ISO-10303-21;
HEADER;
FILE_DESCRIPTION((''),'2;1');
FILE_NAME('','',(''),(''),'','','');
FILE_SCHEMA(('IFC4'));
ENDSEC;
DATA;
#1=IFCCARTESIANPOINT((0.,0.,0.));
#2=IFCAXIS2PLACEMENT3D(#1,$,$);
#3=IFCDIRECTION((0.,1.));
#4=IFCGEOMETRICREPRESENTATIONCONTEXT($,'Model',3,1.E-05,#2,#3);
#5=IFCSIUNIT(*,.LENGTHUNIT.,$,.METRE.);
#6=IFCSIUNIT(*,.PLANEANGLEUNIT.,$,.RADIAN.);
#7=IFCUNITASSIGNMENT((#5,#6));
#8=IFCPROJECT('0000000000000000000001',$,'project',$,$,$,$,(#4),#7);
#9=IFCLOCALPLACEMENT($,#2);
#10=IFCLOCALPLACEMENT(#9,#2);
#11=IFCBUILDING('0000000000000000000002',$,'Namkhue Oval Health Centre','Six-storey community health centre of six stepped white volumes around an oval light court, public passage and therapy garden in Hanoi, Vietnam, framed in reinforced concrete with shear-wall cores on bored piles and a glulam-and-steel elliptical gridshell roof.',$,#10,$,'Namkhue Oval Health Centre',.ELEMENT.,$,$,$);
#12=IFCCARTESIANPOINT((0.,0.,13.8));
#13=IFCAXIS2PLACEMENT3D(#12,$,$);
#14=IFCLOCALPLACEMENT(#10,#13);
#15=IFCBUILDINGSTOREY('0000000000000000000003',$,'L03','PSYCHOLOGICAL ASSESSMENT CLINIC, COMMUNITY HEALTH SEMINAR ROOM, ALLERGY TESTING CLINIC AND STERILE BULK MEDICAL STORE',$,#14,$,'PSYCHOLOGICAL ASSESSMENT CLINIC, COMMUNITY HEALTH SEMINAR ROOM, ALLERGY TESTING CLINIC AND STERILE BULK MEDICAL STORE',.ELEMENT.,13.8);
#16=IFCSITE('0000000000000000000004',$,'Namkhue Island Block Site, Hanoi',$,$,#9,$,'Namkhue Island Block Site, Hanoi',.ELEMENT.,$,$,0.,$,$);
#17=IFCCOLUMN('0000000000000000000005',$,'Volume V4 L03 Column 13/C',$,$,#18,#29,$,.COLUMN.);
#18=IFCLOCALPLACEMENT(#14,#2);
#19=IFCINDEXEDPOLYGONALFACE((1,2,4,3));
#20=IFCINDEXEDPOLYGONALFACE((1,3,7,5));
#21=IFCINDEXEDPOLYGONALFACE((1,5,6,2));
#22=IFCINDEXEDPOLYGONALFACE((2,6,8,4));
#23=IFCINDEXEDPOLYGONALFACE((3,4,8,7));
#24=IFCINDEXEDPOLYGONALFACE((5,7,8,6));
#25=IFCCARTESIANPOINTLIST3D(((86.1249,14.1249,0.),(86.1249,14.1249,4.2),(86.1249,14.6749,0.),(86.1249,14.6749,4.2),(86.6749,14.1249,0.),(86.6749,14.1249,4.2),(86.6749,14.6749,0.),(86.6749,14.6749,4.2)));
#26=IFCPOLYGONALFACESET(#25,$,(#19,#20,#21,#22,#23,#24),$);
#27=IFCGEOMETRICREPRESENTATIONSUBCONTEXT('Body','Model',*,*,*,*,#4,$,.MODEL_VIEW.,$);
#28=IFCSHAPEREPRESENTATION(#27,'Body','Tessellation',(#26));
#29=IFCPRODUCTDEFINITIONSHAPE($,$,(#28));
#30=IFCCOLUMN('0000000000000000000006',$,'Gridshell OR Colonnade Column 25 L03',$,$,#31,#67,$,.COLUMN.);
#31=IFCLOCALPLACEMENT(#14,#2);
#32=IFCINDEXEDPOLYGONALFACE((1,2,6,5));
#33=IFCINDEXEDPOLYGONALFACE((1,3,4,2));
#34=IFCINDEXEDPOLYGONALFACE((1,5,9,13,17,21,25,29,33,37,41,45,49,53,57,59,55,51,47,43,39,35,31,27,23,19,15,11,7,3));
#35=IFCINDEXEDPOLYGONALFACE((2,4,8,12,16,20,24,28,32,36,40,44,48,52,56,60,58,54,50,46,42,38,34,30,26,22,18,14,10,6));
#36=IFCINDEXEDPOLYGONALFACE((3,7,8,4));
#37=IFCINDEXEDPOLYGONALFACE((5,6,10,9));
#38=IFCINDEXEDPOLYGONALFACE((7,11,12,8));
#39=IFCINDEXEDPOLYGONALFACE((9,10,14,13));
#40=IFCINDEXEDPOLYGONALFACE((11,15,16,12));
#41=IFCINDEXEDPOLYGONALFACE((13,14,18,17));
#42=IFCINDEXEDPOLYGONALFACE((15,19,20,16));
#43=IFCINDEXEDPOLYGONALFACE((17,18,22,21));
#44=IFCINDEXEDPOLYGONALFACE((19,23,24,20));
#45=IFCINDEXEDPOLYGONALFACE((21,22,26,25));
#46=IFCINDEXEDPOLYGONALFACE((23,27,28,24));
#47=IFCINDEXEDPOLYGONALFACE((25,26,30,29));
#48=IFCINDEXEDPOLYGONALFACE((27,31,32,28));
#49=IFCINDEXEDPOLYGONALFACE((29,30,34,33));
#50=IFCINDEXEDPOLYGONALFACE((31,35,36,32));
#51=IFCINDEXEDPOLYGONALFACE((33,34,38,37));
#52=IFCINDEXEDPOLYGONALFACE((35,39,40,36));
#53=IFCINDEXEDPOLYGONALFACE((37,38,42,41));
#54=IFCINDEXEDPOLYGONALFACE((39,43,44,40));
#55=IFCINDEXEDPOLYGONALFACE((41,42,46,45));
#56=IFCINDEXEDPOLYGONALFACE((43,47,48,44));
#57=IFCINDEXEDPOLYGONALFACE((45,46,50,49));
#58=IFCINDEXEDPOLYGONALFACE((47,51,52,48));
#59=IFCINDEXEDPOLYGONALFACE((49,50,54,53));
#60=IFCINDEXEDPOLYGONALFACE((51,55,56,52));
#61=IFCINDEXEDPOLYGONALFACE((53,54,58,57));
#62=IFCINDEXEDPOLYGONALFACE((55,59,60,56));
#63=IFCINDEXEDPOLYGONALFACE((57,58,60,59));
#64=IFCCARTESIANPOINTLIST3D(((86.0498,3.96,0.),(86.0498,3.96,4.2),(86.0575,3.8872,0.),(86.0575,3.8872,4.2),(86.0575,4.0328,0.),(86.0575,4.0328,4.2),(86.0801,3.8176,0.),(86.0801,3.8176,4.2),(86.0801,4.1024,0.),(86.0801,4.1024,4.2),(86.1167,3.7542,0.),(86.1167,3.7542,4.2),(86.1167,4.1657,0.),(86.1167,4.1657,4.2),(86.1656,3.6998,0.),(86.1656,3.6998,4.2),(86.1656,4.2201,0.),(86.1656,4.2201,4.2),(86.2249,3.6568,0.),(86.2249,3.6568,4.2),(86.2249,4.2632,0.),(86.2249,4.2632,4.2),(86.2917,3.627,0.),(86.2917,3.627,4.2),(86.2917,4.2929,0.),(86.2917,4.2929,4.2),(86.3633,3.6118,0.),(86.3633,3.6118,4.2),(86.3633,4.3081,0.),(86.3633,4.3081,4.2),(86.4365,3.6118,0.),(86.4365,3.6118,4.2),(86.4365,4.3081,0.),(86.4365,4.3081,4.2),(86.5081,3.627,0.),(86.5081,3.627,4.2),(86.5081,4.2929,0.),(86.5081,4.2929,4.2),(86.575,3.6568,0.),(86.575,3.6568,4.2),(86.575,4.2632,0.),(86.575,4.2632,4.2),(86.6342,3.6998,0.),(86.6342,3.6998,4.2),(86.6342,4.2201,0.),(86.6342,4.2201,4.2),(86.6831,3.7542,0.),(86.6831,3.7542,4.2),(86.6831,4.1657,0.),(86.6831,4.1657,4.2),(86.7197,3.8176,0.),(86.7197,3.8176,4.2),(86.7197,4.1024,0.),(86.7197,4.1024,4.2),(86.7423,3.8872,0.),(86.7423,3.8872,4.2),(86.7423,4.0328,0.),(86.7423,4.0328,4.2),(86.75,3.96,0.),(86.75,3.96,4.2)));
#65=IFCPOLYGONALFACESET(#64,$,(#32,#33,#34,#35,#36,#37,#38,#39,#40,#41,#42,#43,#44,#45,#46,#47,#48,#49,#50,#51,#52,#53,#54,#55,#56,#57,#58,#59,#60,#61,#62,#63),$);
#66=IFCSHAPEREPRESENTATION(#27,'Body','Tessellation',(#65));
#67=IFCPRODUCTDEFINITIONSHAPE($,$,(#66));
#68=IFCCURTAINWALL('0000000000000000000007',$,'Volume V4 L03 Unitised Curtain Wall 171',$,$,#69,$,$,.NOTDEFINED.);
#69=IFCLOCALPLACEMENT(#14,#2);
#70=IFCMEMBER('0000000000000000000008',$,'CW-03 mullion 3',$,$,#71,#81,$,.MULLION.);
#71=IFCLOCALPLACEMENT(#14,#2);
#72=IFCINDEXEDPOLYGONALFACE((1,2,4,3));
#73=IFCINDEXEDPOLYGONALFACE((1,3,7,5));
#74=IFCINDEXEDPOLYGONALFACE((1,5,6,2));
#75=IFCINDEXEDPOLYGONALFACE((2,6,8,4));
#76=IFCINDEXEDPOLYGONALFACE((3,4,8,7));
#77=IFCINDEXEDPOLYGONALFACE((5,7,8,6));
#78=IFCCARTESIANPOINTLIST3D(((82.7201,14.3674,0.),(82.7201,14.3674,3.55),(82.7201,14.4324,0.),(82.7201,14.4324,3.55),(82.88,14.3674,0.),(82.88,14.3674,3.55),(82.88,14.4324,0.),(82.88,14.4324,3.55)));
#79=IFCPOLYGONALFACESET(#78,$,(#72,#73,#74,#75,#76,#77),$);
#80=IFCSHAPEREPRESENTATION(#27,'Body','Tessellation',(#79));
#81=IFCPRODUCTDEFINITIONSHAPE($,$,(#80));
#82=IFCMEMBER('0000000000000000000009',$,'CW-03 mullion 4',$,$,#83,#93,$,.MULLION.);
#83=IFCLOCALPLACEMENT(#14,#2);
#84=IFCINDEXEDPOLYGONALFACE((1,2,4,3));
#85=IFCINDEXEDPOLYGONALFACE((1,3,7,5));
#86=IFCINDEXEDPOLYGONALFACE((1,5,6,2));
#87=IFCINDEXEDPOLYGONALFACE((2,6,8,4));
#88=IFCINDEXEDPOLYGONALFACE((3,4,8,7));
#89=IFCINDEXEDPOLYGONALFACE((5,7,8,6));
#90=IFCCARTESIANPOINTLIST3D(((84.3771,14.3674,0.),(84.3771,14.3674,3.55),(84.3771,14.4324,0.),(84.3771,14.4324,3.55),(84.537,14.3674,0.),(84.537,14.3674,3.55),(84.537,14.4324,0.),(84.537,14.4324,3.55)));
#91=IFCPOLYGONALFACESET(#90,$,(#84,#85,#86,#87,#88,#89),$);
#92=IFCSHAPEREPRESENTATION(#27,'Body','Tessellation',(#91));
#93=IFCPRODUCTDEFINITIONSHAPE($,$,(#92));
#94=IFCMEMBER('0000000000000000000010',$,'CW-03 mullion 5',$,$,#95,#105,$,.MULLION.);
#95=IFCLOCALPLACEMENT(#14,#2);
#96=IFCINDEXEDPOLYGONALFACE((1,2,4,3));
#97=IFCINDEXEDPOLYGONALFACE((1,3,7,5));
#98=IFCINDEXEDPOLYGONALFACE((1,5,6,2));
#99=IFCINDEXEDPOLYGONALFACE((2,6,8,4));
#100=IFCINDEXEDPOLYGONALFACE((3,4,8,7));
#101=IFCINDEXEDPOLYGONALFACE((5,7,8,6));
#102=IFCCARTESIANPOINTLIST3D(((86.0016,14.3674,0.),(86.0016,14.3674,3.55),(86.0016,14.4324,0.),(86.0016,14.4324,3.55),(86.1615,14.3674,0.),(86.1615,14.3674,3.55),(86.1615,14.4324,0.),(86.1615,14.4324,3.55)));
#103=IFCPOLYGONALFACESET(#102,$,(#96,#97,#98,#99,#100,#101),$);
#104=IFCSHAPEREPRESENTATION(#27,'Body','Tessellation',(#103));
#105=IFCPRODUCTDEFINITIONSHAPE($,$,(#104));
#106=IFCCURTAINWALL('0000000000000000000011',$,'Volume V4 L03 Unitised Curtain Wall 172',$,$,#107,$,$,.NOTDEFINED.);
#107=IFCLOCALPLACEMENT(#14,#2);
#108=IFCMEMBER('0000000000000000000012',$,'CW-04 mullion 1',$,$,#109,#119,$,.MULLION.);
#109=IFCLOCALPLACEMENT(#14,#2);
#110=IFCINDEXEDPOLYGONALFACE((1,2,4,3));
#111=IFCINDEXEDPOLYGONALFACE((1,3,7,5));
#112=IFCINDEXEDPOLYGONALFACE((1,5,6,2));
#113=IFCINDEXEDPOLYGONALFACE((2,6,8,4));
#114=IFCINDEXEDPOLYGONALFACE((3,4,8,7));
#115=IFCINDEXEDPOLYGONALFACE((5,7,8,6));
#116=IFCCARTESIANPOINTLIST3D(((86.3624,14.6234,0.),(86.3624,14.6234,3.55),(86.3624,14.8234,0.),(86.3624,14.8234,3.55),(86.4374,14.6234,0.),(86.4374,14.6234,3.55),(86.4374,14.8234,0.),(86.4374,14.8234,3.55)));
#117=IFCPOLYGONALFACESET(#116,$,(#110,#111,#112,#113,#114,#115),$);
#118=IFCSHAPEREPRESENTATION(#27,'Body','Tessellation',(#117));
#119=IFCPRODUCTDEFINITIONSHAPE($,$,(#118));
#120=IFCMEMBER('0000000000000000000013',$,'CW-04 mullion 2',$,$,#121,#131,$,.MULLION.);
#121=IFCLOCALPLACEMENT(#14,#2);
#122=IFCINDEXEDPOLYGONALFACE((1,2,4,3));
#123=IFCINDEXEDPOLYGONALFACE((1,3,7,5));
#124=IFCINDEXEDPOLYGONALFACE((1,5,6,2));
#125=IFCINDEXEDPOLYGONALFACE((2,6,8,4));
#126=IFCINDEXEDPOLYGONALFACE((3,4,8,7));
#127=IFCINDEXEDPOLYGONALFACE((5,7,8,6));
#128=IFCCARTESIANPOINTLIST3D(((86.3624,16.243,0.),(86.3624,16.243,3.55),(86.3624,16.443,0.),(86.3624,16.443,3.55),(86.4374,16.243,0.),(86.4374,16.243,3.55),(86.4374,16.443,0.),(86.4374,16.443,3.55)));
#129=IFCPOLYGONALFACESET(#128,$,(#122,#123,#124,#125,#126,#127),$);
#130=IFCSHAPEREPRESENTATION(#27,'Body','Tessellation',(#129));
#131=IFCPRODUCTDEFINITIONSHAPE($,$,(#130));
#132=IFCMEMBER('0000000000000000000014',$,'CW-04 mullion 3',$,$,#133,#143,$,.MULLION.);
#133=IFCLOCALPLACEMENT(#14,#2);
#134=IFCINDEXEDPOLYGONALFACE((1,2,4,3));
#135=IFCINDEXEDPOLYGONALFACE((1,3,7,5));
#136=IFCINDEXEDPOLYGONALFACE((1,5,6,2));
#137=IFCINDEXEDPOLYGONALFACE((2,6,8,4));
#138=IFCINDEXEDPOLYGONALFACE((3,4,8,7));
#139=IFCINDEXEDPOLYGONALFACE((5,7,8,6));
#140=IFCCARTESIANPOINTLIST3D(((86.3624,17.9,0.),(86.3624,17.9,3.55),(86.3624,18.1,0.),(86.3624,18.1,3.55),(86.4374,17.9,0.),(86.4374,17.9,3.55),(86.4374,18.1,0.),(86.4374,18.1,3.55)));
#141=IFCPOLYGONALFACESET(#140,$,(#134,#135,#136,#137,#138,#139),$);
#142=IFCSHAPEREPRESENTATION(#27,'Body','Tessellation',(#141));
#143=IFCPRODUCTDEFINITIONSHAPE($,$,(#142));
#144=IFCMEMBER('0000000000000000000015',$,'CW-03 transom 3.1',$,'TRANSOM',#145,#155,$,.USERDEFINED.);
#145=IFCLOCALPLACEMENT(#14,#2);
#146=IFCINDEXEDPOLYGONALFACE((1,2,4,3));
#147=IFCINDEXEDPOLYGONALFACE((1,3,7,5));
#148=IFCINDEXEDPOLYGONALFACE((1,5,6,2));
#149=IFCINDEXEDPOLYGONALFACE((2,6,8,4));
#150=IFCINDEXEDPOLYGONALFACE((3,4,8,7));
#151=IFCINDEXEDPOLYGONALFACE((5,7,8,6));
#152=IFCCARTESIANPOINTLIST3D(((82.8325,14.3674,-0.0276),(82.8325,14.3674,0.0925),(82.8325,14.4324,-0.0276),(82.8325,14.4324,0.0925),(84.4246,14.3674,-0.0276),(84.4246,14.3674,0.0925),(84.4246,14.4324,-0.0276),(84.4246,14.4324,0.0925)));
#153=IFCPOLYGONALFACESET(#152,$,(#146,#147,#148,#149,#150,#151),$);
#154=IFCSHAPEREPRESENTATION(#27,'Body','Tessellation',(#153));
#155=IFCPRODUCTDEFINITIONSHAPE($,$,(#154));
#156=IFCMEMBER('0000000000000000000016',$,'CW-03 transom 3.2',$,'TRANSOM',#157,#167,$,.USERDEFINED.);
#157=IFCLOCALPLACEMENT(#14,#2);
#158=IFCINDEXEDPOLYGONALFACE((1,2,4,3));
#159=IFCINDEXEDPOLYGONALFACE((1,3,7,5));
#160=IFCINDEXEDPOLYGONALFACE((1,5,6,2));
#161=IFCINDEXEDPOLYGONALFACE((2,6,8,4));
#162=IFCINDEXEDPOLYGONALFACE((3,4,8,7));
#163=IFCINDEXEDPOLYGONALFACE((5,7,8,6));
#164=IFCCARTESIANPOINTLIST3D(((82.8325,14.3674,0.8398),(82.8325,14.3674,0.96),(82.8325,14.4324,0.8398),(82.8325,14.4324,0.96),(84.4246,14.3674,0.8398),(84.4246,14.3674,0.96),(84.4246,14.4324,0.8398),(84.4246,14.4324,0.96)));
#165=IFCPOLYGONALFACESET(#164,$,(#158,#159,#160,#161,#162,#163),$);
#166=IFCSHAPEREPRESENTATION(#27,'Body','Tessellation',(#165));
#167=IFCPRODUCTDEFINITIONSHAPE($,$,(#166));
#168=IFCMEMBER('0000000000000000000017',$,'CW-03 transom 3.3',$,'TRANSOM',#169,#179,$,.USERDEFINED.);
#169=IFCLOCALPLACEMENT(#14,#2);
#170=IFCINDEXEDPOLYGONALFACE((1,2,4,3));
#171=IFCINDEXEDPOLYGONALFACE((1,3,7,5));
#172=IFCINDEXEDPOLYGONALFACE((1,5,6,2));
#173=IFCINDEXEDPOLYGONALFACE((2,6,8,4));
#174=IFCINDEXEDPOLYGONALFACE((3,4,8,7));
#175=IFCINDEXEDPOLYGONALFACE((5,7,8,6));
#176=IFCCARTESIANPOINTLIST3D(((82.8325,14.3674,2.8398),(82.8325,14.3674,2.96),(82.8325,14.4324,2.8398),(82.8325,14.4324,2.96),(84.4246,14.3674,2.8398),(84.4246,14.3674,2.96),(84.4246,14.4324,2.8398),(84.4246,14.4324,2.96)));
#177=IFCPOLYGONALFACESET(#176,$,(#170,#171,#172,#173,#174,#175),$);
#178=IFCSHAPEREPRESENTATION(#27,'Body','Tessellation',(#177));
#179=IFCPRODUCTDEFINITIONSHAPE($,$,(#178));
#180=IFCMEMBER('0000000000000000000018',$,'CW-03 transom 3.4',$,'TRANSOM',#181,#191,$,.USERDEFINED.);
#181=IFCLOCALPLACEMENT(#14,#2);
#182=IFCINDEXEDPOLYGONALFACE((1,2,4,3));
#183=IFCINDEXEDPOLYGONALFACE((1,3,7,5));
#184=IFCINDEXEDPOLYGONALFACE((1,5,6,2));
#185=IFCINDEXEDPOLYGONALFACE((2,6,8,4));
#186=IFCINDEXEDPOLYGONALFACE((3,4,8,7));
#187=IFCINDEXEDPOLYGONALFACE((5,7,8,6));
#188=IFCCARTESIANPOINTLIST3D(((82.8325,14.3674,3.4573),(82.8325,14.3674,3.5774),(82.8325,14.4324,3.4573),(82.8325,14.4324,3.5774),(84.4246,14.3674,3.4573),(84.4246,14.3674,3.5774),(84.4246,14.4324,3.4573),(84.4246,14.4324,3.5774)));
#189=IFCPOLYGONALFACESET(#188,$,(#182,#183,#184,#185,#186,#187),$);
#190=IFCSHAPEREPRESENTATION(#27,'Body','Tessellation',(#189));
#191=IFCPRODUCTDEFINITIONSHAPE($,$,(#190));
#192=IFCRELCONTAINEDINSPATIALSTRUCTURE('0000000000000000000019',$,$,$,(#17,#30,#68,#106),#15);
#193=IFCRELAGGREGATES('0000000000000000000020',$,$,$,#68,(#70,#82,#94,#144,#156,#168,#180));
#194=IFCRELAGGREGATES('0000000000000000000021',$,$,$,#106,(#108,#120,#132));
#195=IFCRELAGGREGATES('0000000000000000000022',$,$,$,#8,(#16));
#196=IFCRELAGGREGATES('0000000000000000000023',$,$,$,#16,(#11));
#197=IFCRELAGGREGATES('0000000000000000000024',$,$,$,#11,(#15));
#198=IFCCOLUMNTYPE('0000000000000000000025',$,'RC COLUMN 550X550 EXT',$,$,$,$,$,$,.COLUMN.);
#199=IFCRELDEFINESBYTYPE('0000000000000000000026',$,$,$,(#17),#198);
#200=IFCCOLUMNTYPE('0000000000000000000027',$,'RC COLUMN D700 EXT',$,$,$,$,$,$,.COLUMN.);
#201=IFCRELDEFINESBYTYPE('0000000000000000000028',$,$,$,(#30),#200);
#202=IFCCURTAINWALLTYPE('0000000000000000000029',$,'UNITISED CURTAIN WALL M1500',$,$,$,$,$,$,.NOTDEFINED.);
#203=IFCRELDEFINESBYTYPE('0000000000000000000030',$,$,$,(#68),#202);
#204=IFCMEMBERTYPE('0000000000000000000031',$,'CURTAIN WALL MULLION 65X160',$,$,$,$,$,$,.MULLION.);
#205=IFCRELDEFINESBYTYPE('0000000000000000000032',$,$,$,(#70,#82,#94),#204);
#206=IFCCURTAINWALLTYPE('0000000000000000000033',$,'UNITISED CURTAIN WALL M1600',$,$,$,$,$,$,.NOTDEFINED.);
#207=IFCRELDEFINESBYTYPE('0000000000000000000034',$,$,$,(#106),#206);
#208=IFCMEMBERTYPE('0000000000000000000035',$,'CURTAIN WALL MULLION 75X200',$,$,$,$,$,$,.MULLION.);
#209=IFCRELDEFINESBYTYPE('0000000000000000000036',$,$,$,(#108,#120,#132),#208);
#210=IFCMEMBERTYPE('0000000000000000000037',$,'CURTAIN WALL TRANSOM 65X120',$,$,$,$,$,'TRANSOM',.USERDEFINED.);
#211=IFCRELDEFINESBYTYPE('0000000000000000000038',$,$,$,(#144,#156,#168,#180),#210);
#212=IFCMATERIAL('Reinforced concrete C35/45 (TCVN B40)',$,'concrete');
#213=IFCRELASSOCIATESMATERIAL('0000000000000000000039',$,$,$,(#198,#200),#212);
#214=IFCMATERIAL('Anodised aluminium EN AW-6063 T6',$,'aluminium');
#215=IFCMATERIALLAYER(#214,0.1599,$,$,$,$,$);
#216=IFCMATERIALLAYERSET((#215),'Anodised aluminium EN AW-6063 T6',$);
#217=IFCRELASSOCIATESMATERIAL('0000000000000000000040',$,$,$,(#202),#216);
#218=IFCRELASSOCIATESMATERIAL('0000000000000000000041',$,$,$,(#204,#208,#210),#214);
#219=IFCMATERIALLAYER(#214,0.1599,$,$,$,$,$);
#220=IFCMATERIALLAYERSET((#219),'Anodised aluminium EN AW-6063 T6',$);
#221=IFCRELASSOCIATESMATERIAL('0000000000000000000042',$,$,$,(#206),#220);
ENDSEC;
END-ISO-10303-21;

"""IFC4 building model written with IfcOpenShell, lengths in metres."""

from ifc_helpers import new_model, si_unit, direction, frame, origin, origin_2d, place, context, subcontext, project, spatial, rectangle, circle, extrude, material, layer, layer_set, material_profile, profile_set, type_object, element, aggregate, save


model = new_model("IFC4")

# Units and contexts
model_context = context("Model", 3, precision=1e-05, world=origin(), true_north=direction((0.0, 1.0)))
body_context = subcontext(model_context, "Body", "Model", "MODEL_VIEW")
ifc_project = project(units=[si_unit("LENGTHUNIT", "METRE"), si_unit("PLANEANGLEUNIT", "RADIAN")], contexts=[model_context])

# Site, building, storey
site_placement = place(None, origin())
site = spatial("IfcSite", under=ifc_project, at=site_placement, Name="Namkhue Island Block Site, Hanoi", LongName="Namkhue Island Block Site, Hanoi", CompositionType="ELEMENT", RefElevation=0.0)
building_placement = place(site_placement, origin())
building = spatial("IfcBuilding", under=site, at=building_placement, Name="Namkhue Oval Health Centre", Description="Six-storey community health centre of six stepped white volumes around an oval light court, public passage and therapy garden in Hanoi, Vietnam, framed in reinforced concrete with shear-wall cores on bored piles and a glulam-and-steel elliptical gridshell roof.", LongName="Namkhue Oval Health Centre", CompositionType="ELEMENT")
storey_placement = place(building_placement, frame((0.0, 0.0, 13.8)))
storey = spatial("IfcBuildingStorey", under=building, at=storey_placement, Name="L03", Description="PSYCHOLOGICAL ASSESSMENT CLINIC, COMMUNITY HEALTH SEMINAR ROOM, ALLERGY TESTING CLINIC AND STERILE BULK MEDICAL STORE", LongName="PSYCHOLOGICAL ASSESSMENT CLINIC, COMMUNITY HEALTH SEMINAR ROOM, ALLERGY TESTING CLINIC AND STERILE BULK MEDICAL STORE", CompositionType="ELEMENT", Elevation=13.8)

# Columns
ifc_material_1 = material(Name="Reinforced concrete C35/45 (TCVN B40)", Category="concrete")
ifc_material_profile_1 = material_profile(ifc_material_1, rectangle(XDim=0.55, YDim=0.55, at=origin_2d()), Name="RC 550x550")
ifc_profile_set_1 = profile_set([ifc_material_profile_1], Name="Reinforced concrete C35/45 (TCVN B40)")
column_type_1 = type_object("IfcColumnType", Name="RC COLUMN 550X550 EXT", PredefinedType="COLUMN", material=ifc_profile_set_1)
column_1_placement = place(storey_placement, frame((86.3999, 14.3999, 0.0), z_axis=(0.0, 0.0, 1.0), x_axis=(1.0, 0.0, 0.0)))
element("IfcColumn", 1, at=column_1_placement, inside=storey, type_object=column_type_1, Name="Volume V4 L03 Column 13/C", PredefinedType="COLUMN", context=body_context, shape_type="SweptSolid", body=[
    extrude(rectangle(XDim=0.55, YDim=0.55, at=origin_2d()), origin(), (0.0, 0.0, 1.0), 4.2),
])
ifc_material_profile_2 = material_profile(ifc_material_1, circle(Radius=0.3501, at=origin_2d()), Name="RC D700")
ifc_profile_set_2 = profile_set([ifc_material_profile_2], Name="Reinforced concrete C35/45 (TCVN B40)")
column_type_2 = type_object("IfcColumnType", Name="RC COLUMN D700 EXT", PredefinedType="COLUMN", material=ifc_profile_set_2)
column_2_placement = place(storey_placement, frame((86.3999, 3.96, 0.0), z_axis=(0.0, 0.0, 1.0), x_axis=(1.0, 0.0, 0.0)))
element("IfcColumn", 2, at=column_2_placement, inside=storey, type_object=column_type_2, Name="Gridshell OR Colonnade Column 25 L03", PredefinedType="COLUMN", context=body_context, shape_type="SweptSolid", body=[
    extrude(circle(Radius=0.3501, at=origin_2d()), origin(), (0.0, 0.0, 1.0), 4.2),
])

# Curtain walls, members
ifc_material_2 = material(Name="Anodised aluminium EN AW-6063 T6", Category="aluminium")
ifc_layer_1 = layer(ifc_material_2, 0.1599)
ifc_layer_set_1 = layer_set([ifc_layer_1], Name="Anodised aluminium EN AW-6063 T6")
curtain_wall_type_1 = type_object("IfcCurtainWallType", Name="UNITISED CURTAIN WALL M1500", PredefinedType="NOTDEFINED", material=ifc_layer_set_1)
curtain_wall_1_placement = place(storey_placement, origin())
curtain_wall_1 = element("IfcCurtainWall", 3, at=curtain_wall_1_placement, inside=storey, type_object=curtain_wall_type_1, Name="Volume V4 L03 Unitised Curtain Wall 171", PredefinedType="NOTDEFINED")
ifc_material_profile_3 = material_profile(ifc_material_2, rectangle(XDim=0.0649, YDim=0.1599, at=origin_2d()), Name="ALU 65x160")
ifc_profile_set_3 = profile_set([ifc_material_profile_3], Name="Anodised aluminium EN AW-6063 T6")
member_type_1 = type_object("IfcMemberType", Name="CURTAIN WALL MULLION 65X160", PredefinedType="MULLION", material=ifc_profile_set_3)
member_1_placement = place(storey_placement, frame((82.8, 14.3999, 0.0), z_axis=(0.0, 0.0, 1.0), x_axis=(0.0, 1.0, 0.0)))
member_1 = element("IfcMember", 4, at=member_1_placement, type_object=member_type_1, Name="CW-03 mullion 3", PredefinedType="MULLION", context=body_context, shape_type="SweptSolid", body=[
    extrude(rectangle(XDim=0.0649, YDim=0.1599, at=origin_2d()), origin(), (0.0, 0.0, 1.0), 3.55),
])
member_2_placement = place(storey_placement, frame((84.457, 14.3999, 0.0), z_axis=(0.0, 0.0, 1.0), x_axis=(0.0, 1.0, 0.0)))
member_2 = element("IfcMember", 5, at=member_2_placement, type_object=member_type_1, Name="CW-03 mullion 4", PredefinedType="MULLION", context=body_context, shape_type="SweptSolid", body=[
    extrude(rectangle(XDim=0.0649, YDim=0.1599, at=origin_2d()), origin(), (0.0, 0.0, 1.0), 3.55),
])
member_3_placement = place(storey_placement, frame((86.0815, 14.3999, 0.0), z_axis=(0.0, 0.0, 1.0), x_axis=(0.0, 1.0, 0.0)))
member_3 = element("IfcMember", 6, at=member_3_placement, type_object=member_type_1, Name="CW-03 mullion 5", PredefinedType="MULLION", context=body_context, shape_type="SweptSolid", body=[
    extrude(rectangle(XDim=0.0649, YDim=0.1599, at=origin_2d()), origin(), (0.0, 0.0, 1.0), 3.55),
])
ifc_layer_2 = layer(ifc_material_2, 0.1599)
ifc_layer_set_2 = layer_set([ifc_layer_2], Name="Anodised aluminium EN AW-6063 T6")
curtain_wall_type_2 = type_object("IfcCurtainWallType", Name="UNITISED CURTAIN WALL M1600", PredefinedType="NOTDEFINED", material=ifc_layer_set_2)
curtain_wall_2_placement = place(storey_placement, origin())
curtain_wall_2 = element("IfcCurtainWall", 7, at=curtain_wall_2_placement, inside=storey, type_object=curtain_wall_type_2, Name="Volume V4 L03 Unitised Curtain Wall 172", PredefinedType="NOTDEFINED")
ifc_material_profile_4 = material_profile(ifc_material_2, rectangle(XDim=0.075, YDim=0.2, at=origin_2d()), Name="ALU 75x200")
ifc_profile_set_4 = profile_set([ifc_material_profile_4], Name="Anodised aluminium EN AW-6063 T6")
member_type_2 = type_object("IfcMemberType", Name="CURTAIN WALL MULLION 75X200", PredefinedType="MULLION", material=ifc_profile_set_4)
member_4_placement = place(storey_placement, frame((86.3999, 14.7234, 0.0), z_axis=(0.0, 0.0, 1.0), x_axis=(-1.0, 0.0, 0.0)))
member_4 = element("IfcMember", 8, at=member_4_placement, type_object=member_type_2, Name="CW-04 mullion 1", PredefinedType="MULLION", context=body_context, shape_type="SweptSolid", body=[
    extrude(rectangle(XDim=0.075, YDim=0.2, at=origin_2d()), origin(), (0.0, 0.0, 1.0), 3.55),
])
member_5_placement = place(storey_placement, frame((86.3999, 16.343, 0.0), z_axis=(0.0, 0.0, 1.0), x_axis=(-1.0, 0.0, 0.0)))
member_5 = element("IfcMember", 9, at=member_5_placement, type_object=member_type_2, Name="CW-04 mullion 2", PredefinedType="MULLION", context=body_context, shape_type="SweptSolid", body=[
    extrude(rectangle(XDim=0.075, YDim=0.2, at=origin_2d()), origin(), (0.0, 0.0, 1.0), 3.55),
])
member_6_placement = place(storey_placement, frame((86.3999, 18.0, 0.0), z_axis=(0.0, 0.0, 1.0), x_axis=(-1.0, 0.0, 0.0)))
member_6 = element("IfcMember", 10, at=member_6_placement, type_object=member_type_2, Name="CW-04 mullion 3", PredefinedType="MULLION", context=body_context, shape_type="SweptSolid", body=[
    extrude(rectangle(XDim=0.075, YDim=0.2, at=origin_2d()), origin(), (0.0, 0.0, 1.0), 3.55),
])

# Members
ifc_material_profile_5 = material_profile(ifc_material_2, rectangle(XDim=0.0649, YDim=0.1201, at=origin_2d()), Name="ALU 65x120")
ifc_profile_set_5 = profile_set([ifc_material_profile_5], Name="Anodised aluminium EN AW-6063 T6")
member_type_3 = type_object("IfcMemberType", Name="CURTAIN WALL TRANSOM 65X120", ElementType="TRANSOM", PredefinedType="USERDEFINED", material=ifc_profile_set_5)
member_7_placement = place(storey_placement, frame((82.8325, 14.3999, 0.0325), z_axis=(1.0, 0.0, 0.0), x_axis=(0.0, 1.0, 0.0)))
member_7 = element("IfcMember", 11, at=member_7_placement, type_object=member_type_3, Name="CW-03 transom 3.1", ObjectType="TRANSOM", PredefinedType="USERDEFINED", context=body_context, shape_type="SweptSolid", body=[
    extrude(rectangle(XDim=0.0649, YDim=0.1201, at=origin_2d()), origin(), (0.0, 0.0, 1.0), 1.592),
])
member_8_placement = place(storey_placement, frame((82.8325, 14.3999, 0.8999), z_axis=(1.0, 0.0, 0.0), x_axis=(0.0, 1.0, 0.0)))
member_8 = element("IfcMember", 12, at=member_8_placement, type_object=member_type_3, Name="CW-03 transom 3.2", ObjectType="TRANSOM", PredefinedType="USERDEFINED", context=body_context, shape_type="SweptSolid", body=[
    extrude(rectangle(XDim=0.0649, YDim=0.1201, at=origin_2d()), origin(), (0.0, 0.0, 1.0), 1.592),
])
member_9_placement = place(storey_placement, frame((82.8325, 14.3999, 2.8999), z_axis=(1.0, 0.0, 0.0), x_axis=(0.0, 1.0, 0.0)))
member_9 = element("IfcMember", 13, at=member_9_placement, type_object=member_type_3, Name="CW-03 transom 3.3", ObjectType="TRANSOM", PredefinedType="USERDEFINED", context=body_context, shape_type="SweptSolid", body=[
    extrude(rectangle(XDim=0.0649, YDim=0.1201, at=origin_2d()), origin(), (0.0, 0.0, 1.0), 1.592),
])
member_10_placement = place(storey_placement, frame((82.8325, 14.3999, 3.5173), z_axis=(1.0, 0.0, 0.0), x_axis=(0.0, 1.0, 0.0)))
member_10 = element("IfcMember", 14, at=member_10_placement, type_object=member_type_3, Name="CW-03 transom 3.4", ObjectType="TRANSOM", PredefinedType="USERDEFINED", context=body_context, shape_type="SweptSolid", body=[
    extrude(rectangle(XDim=0.0649, YDim=0.1201, at=origin_2d()), origin(), (0.0, 0.0, 1.0), 1.592),
])

aggregate(curtain_wall_1, [member_1, member_2, member_3, member_7, member_8, member_9, member_10])
aggregate(curtain_wall_2, [member_4, member_5, member_6])

save(model, "model.ifc")
